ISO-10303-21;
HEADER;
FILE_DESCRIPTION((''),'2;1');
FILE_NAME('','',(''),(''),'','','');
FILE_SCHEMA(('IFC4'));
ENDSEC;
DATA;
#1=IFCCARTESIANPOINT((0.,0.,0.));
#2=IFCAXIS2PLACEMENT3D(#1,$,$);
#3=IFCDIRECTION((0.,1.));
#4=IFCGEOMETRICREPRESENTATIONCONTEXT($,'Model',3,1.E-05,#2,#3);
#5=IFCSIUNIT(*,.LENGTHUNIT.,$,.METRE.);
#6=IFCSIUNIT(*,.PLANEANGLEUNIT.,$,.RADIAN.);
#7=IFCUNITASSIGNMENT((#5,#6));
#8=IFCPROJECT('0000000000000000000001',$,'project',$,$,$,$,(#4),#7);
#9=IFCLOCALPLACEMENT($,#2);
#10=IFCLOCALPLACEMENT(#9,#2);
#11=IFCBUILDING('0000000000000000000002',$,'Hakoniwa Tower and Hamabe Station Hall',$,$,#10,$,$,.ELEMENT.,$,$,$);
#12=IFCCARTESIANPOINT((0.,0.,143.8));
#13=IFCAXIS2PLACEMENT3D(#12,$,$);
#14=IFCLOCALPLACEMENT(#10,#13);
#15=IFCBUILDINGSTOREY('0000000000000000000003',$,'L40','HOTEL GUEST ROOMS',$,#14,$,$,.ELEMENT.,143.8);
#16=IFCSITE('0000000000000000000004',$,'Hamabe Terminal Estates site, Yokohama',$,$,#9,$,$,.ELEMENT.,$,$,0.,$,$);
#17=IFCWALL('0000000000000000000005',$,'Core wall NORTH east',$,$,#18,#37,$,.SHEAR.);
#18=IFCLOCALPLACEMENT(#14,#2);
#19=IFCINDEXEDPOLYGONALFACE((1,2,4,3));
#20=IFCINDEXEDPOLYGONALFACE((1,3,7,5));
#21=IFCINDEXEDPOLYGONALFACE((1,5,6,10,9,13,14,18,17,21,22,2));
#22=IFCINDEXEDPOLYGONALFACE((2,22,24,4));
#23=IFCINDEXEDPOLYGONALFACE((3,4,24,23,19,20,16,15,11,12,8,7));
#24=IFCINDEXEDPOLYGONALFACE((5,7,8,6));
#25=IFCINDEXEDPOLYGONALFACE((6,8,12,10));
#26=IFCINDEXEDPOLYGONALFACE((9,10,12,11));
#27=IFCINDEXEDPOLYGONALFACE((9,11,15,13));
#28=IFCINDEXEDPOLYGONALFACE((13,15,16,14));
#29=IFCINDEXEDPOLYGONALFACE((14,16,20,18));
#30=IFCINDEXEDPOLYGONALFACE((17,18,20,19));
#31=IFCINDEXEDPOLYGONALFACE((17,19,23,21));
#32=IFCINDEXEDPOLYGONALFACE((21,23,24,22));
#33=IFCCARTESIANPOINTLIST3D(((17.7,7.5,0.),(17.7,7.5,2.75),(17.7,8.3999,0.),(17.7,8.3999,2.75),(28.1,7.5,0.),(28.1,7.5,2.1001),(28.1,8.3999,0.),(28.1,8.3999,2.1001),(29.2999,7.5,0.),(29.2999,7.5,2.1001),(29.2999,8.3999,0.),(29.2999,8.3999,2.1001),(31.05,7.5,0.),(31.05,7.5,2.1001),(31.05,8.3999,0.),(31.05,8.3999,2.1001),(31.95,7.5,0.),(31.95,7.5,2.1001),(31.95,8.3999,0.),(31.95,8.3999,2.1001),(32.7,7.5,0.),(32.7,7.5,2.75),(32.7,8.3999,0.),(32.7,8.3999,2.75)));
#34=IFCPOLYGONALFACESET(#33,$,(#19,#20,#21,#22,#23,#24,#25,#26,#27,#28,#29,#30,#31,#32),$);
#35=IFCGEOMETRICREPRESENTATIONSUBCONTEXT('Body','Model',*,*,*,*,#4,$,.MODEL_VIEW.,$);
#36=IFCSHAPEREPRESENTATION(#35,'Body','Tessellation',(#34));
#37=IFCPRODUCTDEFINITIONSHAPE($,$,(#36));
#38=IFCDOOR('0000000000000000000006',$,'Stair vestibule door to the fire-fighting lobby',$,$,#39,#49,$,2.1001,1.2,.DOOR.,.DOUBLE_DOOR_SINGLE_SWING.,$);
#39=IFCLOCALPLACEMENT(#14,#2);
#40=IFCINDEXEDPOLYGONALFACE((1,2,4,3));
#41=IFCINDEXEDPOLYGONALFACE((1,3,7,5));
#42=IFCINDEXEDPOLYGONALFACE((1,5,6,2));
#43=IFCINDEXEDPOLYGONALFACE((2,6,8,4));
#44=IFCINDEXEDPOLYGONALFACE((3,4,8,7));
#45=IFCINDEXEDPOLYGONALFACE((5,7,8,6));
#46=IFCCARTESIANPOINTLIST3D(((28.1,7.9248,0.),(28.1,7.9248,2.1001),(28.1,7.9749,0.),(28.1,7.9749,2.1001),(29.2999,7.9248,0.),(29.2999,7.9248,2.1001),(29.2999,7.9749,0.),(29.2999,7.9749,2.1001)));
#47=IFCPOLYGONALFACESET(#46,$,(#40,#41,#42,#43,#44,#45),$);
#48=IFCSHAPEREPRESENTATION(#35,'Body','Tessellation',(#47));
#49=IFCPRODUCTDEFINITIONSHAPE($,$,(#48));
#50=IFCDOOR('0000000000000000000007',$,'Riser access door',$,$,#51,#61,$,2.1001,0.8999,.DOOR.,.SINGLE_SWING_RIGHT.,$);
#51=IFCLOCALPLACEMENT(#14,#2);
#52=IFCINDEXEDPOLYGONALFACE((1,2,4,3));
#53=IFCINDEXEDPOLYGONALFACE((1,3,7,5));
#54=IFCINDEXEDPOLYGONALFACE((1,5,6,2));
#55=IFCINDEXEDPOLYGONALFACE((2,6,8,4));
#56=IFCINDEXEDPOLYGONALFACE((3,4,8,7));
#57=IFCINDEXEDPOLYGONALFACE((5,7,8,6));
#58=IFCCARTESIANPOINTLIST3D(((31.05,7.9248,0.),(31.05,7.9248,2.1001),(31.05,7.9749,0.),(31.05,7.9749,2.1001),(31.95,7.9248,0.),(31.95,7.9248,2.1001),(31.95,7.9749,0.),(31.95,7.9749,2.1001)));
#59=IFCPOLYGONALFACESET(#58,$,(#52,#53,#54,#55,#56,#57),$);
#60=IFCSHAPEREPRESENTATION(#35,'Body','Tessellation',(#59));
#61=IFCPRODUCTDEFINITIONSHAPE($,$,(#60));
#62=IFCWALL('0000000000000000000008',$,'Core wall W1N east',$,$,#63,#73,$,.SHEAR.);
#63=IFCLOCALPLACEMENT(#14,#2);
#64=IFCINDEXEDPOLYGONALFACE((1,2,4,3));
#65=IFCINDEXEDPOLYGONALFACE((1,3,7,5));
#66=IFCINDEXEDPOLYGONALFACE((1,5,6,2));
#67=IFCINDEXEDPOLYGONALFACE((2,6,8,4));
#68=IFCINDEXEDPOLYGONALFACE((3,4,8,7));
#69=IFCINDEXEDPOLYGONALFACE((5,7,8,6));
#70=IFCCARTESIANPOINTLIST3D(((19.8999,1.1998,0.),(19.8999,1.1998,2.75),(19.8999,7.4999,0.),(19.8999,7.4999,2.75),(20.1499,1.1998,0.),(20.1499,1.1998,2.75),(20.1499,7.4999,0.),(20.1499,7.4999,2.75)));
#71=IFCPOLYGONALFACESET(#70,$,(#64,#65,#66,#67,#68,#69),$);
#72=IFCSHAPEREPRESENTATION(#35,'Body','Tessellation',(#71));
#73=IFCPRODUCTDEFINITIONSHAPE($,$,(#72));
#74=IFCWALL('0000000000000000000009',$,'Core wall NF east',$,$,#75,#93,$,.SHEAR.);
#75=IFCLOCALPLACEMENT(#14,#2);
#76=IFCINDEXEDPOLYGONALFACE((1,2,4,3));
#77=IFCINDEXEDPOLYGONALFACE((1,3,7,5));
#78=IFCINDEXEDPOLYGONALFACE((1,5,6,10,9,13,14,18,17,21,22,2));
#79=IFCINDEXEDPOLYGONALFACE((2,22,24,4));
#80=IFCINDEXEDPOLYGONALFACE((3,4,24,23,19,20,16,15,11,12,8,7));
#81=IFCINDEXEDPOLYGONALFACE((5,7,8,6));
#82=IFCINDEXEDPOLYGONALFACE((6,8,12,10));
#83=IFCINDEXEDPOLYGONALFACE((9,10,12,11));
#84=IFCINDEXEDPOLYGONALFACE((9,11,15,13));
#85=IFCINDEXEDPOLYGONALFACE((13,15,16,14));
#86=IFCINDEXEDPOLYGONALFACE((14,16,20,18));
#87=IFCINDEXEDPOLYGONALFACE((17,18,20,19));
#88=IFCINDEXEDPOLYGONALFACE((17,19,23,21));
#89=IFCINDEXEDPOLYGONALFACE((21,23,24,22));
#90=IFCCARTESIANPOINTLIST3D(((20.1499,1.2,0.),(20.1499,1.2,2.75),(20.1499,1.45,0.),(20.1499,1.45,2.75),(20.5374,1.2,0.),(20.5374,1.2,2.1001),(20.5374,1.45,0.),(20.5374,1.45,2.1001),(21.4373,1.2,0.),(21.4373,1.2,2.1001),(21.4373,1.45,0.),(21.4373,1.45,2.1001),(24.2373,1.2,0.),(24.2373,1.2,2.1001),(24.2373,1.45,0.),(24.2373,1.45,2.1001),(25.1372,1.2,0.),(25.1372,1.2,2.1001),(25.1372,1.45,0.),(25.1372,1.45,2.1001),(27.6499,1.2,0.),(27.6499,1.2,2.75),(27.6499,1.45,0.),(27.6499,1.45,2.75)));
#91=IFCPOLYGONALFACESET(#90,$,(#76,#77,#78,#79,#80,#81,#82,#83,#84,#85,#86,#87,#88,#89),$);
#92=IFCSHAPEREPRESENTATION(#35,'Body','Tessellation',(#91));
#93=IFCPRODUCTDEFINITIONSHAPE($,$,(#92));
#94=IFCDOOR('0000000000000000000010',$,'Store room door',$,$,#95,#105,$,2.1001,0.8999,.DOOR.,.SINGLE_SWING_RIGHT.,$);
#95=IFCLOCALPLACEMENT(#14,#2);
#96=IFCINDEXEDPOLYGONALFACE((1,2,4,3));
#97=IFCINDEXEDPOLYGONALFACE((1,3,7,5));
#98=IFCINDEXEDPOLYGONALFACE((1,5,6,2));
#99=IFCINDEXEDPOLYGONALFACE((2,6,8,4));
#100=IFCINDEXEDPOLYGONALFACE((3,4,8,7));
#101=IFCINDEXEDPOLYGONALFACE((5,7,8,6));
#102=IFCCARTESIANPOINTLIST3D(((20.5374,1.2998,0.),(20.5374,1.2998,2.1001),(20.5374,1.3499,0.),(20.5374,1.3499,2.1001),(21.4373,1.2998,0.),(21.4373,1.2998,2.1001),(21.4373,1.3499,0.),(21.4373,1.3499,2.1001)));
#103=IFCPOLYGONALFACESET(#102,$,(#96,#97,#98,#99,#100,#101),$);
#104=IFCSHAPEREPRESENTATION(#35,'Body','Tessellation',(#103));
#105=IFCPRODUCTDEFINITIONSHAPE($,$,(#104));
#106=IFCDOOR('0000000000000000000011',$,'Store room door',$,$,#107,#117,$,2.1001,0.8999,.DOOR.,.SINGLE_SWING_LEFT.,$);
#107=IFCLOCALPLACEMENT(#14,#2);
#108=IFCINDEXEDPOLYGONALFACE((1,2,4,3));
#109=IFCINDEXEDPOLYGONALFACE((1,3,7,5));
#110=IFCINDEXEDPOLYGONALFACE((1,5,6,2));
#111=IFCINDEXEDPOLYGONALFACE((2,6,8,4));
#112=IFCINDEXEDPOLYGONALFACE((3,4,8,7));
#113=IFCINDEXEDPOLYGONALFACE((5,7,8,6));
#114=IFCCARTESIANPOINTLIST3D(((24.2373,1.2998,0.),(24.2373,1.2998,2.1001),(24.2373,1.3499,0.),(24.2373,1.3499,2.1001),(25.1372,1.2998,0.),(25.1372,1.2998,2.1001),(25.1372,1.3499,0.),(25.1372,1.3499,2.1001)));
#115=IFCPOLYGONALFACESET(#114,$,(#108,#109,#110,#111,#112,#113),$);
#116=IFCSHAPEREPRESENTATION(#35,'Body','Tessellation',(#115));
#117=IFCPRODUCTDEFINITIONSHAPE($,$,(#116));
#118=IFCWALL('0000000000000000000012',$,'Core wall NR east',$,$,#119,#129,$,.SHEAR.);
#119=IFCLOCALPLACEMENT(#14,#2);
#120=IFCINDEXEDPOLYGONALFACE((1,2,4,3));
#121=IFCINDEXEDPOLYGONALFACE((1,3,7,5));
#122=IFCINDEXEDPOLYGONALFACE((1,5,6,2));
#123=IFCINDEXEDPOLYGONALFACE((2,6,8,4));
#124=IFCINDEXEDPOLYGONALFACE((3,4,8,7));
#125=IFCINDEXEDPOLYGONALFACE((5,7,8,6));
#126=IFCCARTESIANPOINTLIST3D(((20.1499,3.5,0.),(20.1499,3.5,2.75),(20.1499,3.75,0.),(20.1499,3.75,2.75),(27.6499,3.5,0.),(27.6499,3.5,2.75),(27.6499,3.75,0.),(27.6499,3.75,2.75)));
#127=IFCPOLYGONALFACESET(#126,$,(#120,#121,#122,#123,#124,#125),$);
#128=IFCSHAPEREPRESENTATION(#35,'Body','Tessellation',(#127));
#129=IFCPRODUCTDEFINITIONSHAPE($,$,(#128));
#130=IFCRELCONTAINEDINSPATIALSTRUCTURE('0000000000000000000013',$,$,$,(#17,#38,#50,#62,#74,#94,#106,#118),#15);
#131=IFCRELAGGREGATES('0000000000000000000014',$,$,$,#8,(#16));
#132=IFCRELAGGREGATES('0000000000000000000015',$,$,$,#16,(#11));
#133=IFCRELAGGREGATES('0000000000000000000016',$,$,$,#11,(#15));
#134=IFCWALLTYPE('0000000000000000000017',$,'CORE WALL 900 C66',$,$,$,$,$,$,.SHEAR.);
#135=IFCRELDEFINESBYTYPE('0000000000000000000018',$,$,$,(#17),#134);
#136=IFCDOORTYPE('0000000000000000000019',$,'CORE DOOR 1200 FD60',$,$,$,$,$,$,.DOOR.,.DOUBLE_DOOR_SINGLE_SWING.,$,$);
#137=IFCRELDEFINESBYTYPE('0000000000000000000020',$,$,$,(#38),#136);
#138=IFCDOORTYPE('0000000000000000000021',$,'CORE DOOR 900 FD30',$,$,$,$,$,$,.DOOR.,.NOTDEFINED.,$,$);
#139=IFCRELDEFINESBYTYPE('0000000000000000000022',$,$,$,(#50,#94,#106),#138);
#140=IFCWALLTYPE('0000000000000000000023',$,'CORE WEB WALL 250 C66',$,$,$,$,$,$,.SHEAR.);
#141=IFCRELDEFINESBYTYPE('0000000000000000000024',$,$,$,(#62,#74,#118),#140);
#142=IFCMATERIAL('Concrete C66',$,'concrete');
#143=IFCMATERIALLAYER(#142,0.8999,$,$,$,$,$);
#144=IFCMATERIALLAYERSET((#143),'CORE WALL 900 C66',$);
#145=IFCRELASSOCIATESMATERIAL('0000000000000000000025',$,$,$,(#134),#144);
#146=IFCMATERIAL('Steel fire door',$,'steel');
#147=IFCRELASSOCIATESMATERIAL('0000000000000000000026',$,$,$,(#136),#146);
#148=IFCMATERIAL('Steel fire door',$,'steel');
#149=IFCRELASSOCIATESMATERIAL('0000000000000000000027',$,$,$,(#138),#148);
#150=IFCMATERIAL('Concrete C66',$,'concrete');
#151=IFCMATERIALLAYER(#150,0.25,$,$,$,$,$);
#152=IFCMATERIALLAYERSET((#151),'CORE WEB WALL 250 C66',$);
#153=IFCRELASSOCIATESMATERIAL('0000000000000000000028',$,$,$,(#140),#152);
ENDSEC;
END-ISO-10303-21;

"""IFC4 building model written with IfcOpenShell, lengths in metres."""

from ifc_helpers import new_model, si_unit, direction, frame, frame_2d, origin, place, context, subcontext, project, spatial, rectangle, extrude, material, layer, layer_set, type_object, element, fill, save


model = new_model("IFC4")

# Units and contexts
model_context = context("Model", 3, precision=1e-05, world=origin(), true_north=direction((0.0, 1.0)))
body_context = subcontext(model_context, "Body", "Model", "MODEL_VIEW")
ifc_project = project(units=[si_unit("LENGTHUNIT", "METRE"), si_unit("PLANEANGLEUNIT", "RADIAN")], contexts=[model_context])

# Site, building, storey
site_placement = place(None, origin())
site = spatial("IfcSite", under=ifc_project, at=site_placement, Name="Hamabe Terminal Estates site, Yokohama", CompositionType="ELEMENT", RefElevation=0.0)
building_placement = place(site_placement, origin())
building = spatial("IfcBuilding", under=site, at=building_placement, Name="Hakoniwa Tower and Hamabe Station Hall", CompositionType="ELEMENT")
storey_placement = place(building_placement, frame((0.0, 0.0, 143.8)))
storey = spatial("IfcBuildingStorey", under=building, at=storey_placement, Name="L40", Description="HOTEL GUEST ROOMS", CompositionType="ELEMENT", Elevation=143.8)

# Wall, openings, doors
ifc_material_1 = material(Name="Concrete C66", Category="concrete")
ifc_layer_1 = layer(ifc_material_1, 0.8999)
ifc_layer_set_1 = layer_set([ifc_layer_1], Name="CORE WALL 900 C66")
wall_type_1 = type_object("IfcWallType", Name="CORE WALL 900 C66", PredefinedType="SHEAR", material=ifc_layer_set_1)
wall_1_placement = place(storey_placement, frame((17.7, 7.95, 0.0), z_axis=(0.0, 0.0, 1.0), x_axis=(1.0, 0.0, 0.0)))
wall_1 = element("IfcWall", 1, at=wall_1_placement, inside=storey, type_object=wall_type_1, Name="Core wall NORTH east", PredefinedType="SHEAR", context=body_context, shape_type="SweptSolid", body=[
    extrude(rectangle(XDim=15.0, YDim=0.8999, at=frame_2d((7.5, 0.0))), origin(), (0.0, 0.0, 1.0), 2.75),
])
opening_1_placement = place(wall_1_placement, frame((10.3999, 0.0, 0.0)))
opening_1 = element("IfcOpeningElement", 2, at=opening_1_placement, cuts=wall_1, PredefinedType="OPENING", context=body_context, shape_type="SweptSolid", body=[
    extrude(rectangle(XDim=1.2, YDim=2.1001, at=frame_2d((0.6001, 1.05))), frame((0.0, 0.46, 0.0), z_axis=(0.0, -1.0, 0.0), x_axis=(1.0, 0.0, 0.0)), (0.0, 0.0, 1.0), 0.9199),
])
opening_2_placement = place(wall_1_placement, frame((13.3501, 0.0, 0.0)))
opening_2 = element("IfcOpeningElement", 3, at=opening_2_placement, cuts=wall_1, PredefinedType="OPENING", context=body_context, shape_type="SweptSolid", body=[
    extrude(rectangle(XDim=0.8999, YDim=2.1001, at=frame_2d((0.45, 1.05))), frame((0.0, 0.46, 0.0), z_axis=(0.0, -1.0, 0.0), x_axis=(1.0, 0.0, 0.0)), (0.0, 0.0, 1.0), 0.9199),
])
ifc_material_2 = material(Name="Steel fire door", Category="steel")
door_type_1 = type_object("IfcDoorType", Name="CORE DOOR 1200 FD60", OperationType="DOUBLE_DOOR_SINGLE_SWING", PredefinedType="DOOR", material=ifc_material_2)
door_1_placement = place(opening_1_placement, origin())
door_1 = element("IfcDoor", 4, at=door_1_placement, inside=storey, type_object=door_type_1, Name="Stair vestibule door to the fire-fighting lobby", OperationType="DOUBLE_DOOR_SINGLE_SWING", OverallHeight=2.1001, OverallWidth=1.2, PredefinedType="DOOR", context=body_context, shape_type="SweptSolid", body=[
    extrude(rectangle(XDim=1.2, YDim=2.1001, at=frame_2d((0.6001, 1.05))), frame((0.0, 0.0249, 0.0), z_axis=(0.0, -1.0, 0.0), x_axis=(1.0, 0.0, 0.0)), (0.0, 0.0, 1.0), 0.05),
])
fill(opening_1, door_1)
ifc_material_3 = material(Name="Steel fire door", Category="steel")
door_type_2 = type_object("IfcDoorType", Name="CORE DOOR 900 FD30", OperationType="NOTDEFINED", PredefinedType="DOOR", material=ifc_material_3)
door_2_placement = place(opening_2_placement, origin())
door_2 = element("IfcDoor", 5, at=door_2_placement, inside=storey, type_object=door_type_2, Name="Riser access door", OperationType="SINGLE_SWING_RIGHT", OverallHeight=2.1001, OverallWidth=0.8999, PredefinedType="DOOR", context=body_context, shape_type="SweptSolid", body=[
    extrude(rectangle(XDim=0.8999, YDim=2.1001, at=frame_2d((0.45, 1.05))), frame((0.0, 0.0249, 0.0), z_axis=(0.0, -1.0, 0.0), x_axis=(1.0, 0.0, 0.0)), (0.0, 0.0, 1.0), 0.05),
])
fill(opening_2, door_2)

# Wall
ifc_material_4 = material(Name="Concrete C66", Category="concrete")
ifc_layer_2 = layer(ifc_material_4, 0.25)
ifc_layer_set_2 = layer_set([ifc_layer_2], Name="CORE WEB WALL 250 C66")
wall_type_2 = type_object("IfcWallType", Name="CORE WEB WALL 250 C66", PredefinedType="SHEAR", material=ifc_layer_set_2)
wall_2_placement = place(storey_placement, frame((20.0249, 1.2, 0.0), z_axis=(0.0, 0.0, 1.0), x_axis=(0.0, 1.0, 0.0)))
element("IfcWall", 6, at=wall_2_placement, inside=storey, type_object=wall_type_2, Name="Core wall W1N east", PredefinedType="SHEAR", context=body_context, shape_type="SweptSolid", body=[
    extrude(rectangle(XDim=6.3, YDim=0.25, at=frame_2d((3.1499, 0.0))), origin(), (0.0, 0.0, 1.0), 2.75),
])

# Wall, openings, doors
wall_3_placement = place(storey_placement, frame((20.1499, 1.325, 0.0), z_axis=(0.0, 0.0, 1.0), x_axis=(1.0, 0.0, 0.0)))
wall_3 = element("IfcWall", 7, at=wall_3_placement, inside=storey, type_object=wall_type_2, Name="Core wall NF east", PredefinedType="SHEAR", context=body_context, shape_type="SweptSolid", body=[
    extrude(rectangle(XDim=7.5, YDim=0.25, at=frame_2d((3.75, 0.0))), origin(), (0.0, 0.0, 1.0), 2.75),
])
opening_3_placement = place(wall_3_placement, frame((0.3875, 0.0, 0.0)))
opening_3 = element("IfcOpeningElement", 8, at=opening_3_placement, cuts=wall_3, PredefinedType="OPENING", context=body_context, shape_type="SweptSolid", body=[
    extrude(rectangle(XDim=0.8999, YDim=2.1001, at=frame_2d((0.45, 1.05))), frame((0.0, 0.135, 0.0), z_axis=(0.0, -1.0, 0.0), x_axis=(1.0, 0.0, 0.0)), (0.0, 0.0, 1.0), 0.27),
])
opening_4_placement = place(wall_3_placement, frame((4.0874, 0.0, 0.0)))
opening_4 = element("IfcOpeningElement", 9, at=opening_4_placement, cuts=wall_3, PredefinedType="OPENING", context=body_context, shape_type="SweptSolid", body=[
    extrude(rectangle(XDim=0.8999, YDim=2.1001, at=frame_2d((0.45, 1.05))), frame((0.0, 0.135, 0.0), z_axis=(0.0, -1.0, 0.0), x_axis=(1.0, 0.0, 0.0)), (0.0, 0.0, 1.0), 0.27),
])
door_3_placement = place(opening_3_placement, origin())
door_3 = element("IfcDoor", 10, at=door_3_placement, inside=storey, type_object=door_type_2, Name="Store room door", OperationType="SINGLE_SWING_RIGHT", OverallHeight=2.1001, OverallWidth=0.8999, PredefinedType="DOOR", context=body_context, shape_type="SweptSolid", body=[
    extrude(rectangle(XDim=0.8999, YDim=2.1001, at=frame_2d((0.45, 1.05))), frame((0.0, 0.0249, 0.0), z_axis=(0.0, -1.0, 0.0), x_axis=(1.0, 0.0, 0.0)), (0.0, 0.0, 1.0), 0.05),
])
fill(opening_3, door_3)
door_4_placement = place(opening_4_placement, origin())
door_4 = element("IfcDoor", 11, at=door_4_placement, inside=storey, type_object=door_type_2, Name="Store room door", OperationType="SINGLE_SWING_LEFT", OverallHeight=2.1001, OverallWidth=0.8999, PredefinedType="DOOR", context=body_context, shape_type="SweptSolid", body=[
    extrude(rectangle(XDim=0.8999, YDim=2.1001, at=frame_2d((0.45, 1.05))), frame((0.0, 0.0249, 0.0), z_axis=(0.0, -1.0, 0.0), x_axis=(1.0, 0.0, 0.0)), (0.0, 0.0, 1.0), 0.05),
])
fill(opening_4, door_4)

# Wall
wall_4_placement = place(storey_placement, frame((20.1499, 3.625, 0.0), z_axis=(0.0, 0.0, 1.0), x_axis=(1.0, 0.0, 0.0)))
element("IfcWall", 12, at=wall_4_placement, inside=storey, type_object=wall_type_2, Name="Core wall NR east", PredefinedType="SHEAR", context=body_context, shape_type="SweptSolid", body=[
    extrude(rectangle(XDim=7.5, YDim=0.25, at=frame_2d((3.75, 0.0))), origin(), (0.0, 0.0, 1.0), 2.75),
])

save(model, "model.ifc")
